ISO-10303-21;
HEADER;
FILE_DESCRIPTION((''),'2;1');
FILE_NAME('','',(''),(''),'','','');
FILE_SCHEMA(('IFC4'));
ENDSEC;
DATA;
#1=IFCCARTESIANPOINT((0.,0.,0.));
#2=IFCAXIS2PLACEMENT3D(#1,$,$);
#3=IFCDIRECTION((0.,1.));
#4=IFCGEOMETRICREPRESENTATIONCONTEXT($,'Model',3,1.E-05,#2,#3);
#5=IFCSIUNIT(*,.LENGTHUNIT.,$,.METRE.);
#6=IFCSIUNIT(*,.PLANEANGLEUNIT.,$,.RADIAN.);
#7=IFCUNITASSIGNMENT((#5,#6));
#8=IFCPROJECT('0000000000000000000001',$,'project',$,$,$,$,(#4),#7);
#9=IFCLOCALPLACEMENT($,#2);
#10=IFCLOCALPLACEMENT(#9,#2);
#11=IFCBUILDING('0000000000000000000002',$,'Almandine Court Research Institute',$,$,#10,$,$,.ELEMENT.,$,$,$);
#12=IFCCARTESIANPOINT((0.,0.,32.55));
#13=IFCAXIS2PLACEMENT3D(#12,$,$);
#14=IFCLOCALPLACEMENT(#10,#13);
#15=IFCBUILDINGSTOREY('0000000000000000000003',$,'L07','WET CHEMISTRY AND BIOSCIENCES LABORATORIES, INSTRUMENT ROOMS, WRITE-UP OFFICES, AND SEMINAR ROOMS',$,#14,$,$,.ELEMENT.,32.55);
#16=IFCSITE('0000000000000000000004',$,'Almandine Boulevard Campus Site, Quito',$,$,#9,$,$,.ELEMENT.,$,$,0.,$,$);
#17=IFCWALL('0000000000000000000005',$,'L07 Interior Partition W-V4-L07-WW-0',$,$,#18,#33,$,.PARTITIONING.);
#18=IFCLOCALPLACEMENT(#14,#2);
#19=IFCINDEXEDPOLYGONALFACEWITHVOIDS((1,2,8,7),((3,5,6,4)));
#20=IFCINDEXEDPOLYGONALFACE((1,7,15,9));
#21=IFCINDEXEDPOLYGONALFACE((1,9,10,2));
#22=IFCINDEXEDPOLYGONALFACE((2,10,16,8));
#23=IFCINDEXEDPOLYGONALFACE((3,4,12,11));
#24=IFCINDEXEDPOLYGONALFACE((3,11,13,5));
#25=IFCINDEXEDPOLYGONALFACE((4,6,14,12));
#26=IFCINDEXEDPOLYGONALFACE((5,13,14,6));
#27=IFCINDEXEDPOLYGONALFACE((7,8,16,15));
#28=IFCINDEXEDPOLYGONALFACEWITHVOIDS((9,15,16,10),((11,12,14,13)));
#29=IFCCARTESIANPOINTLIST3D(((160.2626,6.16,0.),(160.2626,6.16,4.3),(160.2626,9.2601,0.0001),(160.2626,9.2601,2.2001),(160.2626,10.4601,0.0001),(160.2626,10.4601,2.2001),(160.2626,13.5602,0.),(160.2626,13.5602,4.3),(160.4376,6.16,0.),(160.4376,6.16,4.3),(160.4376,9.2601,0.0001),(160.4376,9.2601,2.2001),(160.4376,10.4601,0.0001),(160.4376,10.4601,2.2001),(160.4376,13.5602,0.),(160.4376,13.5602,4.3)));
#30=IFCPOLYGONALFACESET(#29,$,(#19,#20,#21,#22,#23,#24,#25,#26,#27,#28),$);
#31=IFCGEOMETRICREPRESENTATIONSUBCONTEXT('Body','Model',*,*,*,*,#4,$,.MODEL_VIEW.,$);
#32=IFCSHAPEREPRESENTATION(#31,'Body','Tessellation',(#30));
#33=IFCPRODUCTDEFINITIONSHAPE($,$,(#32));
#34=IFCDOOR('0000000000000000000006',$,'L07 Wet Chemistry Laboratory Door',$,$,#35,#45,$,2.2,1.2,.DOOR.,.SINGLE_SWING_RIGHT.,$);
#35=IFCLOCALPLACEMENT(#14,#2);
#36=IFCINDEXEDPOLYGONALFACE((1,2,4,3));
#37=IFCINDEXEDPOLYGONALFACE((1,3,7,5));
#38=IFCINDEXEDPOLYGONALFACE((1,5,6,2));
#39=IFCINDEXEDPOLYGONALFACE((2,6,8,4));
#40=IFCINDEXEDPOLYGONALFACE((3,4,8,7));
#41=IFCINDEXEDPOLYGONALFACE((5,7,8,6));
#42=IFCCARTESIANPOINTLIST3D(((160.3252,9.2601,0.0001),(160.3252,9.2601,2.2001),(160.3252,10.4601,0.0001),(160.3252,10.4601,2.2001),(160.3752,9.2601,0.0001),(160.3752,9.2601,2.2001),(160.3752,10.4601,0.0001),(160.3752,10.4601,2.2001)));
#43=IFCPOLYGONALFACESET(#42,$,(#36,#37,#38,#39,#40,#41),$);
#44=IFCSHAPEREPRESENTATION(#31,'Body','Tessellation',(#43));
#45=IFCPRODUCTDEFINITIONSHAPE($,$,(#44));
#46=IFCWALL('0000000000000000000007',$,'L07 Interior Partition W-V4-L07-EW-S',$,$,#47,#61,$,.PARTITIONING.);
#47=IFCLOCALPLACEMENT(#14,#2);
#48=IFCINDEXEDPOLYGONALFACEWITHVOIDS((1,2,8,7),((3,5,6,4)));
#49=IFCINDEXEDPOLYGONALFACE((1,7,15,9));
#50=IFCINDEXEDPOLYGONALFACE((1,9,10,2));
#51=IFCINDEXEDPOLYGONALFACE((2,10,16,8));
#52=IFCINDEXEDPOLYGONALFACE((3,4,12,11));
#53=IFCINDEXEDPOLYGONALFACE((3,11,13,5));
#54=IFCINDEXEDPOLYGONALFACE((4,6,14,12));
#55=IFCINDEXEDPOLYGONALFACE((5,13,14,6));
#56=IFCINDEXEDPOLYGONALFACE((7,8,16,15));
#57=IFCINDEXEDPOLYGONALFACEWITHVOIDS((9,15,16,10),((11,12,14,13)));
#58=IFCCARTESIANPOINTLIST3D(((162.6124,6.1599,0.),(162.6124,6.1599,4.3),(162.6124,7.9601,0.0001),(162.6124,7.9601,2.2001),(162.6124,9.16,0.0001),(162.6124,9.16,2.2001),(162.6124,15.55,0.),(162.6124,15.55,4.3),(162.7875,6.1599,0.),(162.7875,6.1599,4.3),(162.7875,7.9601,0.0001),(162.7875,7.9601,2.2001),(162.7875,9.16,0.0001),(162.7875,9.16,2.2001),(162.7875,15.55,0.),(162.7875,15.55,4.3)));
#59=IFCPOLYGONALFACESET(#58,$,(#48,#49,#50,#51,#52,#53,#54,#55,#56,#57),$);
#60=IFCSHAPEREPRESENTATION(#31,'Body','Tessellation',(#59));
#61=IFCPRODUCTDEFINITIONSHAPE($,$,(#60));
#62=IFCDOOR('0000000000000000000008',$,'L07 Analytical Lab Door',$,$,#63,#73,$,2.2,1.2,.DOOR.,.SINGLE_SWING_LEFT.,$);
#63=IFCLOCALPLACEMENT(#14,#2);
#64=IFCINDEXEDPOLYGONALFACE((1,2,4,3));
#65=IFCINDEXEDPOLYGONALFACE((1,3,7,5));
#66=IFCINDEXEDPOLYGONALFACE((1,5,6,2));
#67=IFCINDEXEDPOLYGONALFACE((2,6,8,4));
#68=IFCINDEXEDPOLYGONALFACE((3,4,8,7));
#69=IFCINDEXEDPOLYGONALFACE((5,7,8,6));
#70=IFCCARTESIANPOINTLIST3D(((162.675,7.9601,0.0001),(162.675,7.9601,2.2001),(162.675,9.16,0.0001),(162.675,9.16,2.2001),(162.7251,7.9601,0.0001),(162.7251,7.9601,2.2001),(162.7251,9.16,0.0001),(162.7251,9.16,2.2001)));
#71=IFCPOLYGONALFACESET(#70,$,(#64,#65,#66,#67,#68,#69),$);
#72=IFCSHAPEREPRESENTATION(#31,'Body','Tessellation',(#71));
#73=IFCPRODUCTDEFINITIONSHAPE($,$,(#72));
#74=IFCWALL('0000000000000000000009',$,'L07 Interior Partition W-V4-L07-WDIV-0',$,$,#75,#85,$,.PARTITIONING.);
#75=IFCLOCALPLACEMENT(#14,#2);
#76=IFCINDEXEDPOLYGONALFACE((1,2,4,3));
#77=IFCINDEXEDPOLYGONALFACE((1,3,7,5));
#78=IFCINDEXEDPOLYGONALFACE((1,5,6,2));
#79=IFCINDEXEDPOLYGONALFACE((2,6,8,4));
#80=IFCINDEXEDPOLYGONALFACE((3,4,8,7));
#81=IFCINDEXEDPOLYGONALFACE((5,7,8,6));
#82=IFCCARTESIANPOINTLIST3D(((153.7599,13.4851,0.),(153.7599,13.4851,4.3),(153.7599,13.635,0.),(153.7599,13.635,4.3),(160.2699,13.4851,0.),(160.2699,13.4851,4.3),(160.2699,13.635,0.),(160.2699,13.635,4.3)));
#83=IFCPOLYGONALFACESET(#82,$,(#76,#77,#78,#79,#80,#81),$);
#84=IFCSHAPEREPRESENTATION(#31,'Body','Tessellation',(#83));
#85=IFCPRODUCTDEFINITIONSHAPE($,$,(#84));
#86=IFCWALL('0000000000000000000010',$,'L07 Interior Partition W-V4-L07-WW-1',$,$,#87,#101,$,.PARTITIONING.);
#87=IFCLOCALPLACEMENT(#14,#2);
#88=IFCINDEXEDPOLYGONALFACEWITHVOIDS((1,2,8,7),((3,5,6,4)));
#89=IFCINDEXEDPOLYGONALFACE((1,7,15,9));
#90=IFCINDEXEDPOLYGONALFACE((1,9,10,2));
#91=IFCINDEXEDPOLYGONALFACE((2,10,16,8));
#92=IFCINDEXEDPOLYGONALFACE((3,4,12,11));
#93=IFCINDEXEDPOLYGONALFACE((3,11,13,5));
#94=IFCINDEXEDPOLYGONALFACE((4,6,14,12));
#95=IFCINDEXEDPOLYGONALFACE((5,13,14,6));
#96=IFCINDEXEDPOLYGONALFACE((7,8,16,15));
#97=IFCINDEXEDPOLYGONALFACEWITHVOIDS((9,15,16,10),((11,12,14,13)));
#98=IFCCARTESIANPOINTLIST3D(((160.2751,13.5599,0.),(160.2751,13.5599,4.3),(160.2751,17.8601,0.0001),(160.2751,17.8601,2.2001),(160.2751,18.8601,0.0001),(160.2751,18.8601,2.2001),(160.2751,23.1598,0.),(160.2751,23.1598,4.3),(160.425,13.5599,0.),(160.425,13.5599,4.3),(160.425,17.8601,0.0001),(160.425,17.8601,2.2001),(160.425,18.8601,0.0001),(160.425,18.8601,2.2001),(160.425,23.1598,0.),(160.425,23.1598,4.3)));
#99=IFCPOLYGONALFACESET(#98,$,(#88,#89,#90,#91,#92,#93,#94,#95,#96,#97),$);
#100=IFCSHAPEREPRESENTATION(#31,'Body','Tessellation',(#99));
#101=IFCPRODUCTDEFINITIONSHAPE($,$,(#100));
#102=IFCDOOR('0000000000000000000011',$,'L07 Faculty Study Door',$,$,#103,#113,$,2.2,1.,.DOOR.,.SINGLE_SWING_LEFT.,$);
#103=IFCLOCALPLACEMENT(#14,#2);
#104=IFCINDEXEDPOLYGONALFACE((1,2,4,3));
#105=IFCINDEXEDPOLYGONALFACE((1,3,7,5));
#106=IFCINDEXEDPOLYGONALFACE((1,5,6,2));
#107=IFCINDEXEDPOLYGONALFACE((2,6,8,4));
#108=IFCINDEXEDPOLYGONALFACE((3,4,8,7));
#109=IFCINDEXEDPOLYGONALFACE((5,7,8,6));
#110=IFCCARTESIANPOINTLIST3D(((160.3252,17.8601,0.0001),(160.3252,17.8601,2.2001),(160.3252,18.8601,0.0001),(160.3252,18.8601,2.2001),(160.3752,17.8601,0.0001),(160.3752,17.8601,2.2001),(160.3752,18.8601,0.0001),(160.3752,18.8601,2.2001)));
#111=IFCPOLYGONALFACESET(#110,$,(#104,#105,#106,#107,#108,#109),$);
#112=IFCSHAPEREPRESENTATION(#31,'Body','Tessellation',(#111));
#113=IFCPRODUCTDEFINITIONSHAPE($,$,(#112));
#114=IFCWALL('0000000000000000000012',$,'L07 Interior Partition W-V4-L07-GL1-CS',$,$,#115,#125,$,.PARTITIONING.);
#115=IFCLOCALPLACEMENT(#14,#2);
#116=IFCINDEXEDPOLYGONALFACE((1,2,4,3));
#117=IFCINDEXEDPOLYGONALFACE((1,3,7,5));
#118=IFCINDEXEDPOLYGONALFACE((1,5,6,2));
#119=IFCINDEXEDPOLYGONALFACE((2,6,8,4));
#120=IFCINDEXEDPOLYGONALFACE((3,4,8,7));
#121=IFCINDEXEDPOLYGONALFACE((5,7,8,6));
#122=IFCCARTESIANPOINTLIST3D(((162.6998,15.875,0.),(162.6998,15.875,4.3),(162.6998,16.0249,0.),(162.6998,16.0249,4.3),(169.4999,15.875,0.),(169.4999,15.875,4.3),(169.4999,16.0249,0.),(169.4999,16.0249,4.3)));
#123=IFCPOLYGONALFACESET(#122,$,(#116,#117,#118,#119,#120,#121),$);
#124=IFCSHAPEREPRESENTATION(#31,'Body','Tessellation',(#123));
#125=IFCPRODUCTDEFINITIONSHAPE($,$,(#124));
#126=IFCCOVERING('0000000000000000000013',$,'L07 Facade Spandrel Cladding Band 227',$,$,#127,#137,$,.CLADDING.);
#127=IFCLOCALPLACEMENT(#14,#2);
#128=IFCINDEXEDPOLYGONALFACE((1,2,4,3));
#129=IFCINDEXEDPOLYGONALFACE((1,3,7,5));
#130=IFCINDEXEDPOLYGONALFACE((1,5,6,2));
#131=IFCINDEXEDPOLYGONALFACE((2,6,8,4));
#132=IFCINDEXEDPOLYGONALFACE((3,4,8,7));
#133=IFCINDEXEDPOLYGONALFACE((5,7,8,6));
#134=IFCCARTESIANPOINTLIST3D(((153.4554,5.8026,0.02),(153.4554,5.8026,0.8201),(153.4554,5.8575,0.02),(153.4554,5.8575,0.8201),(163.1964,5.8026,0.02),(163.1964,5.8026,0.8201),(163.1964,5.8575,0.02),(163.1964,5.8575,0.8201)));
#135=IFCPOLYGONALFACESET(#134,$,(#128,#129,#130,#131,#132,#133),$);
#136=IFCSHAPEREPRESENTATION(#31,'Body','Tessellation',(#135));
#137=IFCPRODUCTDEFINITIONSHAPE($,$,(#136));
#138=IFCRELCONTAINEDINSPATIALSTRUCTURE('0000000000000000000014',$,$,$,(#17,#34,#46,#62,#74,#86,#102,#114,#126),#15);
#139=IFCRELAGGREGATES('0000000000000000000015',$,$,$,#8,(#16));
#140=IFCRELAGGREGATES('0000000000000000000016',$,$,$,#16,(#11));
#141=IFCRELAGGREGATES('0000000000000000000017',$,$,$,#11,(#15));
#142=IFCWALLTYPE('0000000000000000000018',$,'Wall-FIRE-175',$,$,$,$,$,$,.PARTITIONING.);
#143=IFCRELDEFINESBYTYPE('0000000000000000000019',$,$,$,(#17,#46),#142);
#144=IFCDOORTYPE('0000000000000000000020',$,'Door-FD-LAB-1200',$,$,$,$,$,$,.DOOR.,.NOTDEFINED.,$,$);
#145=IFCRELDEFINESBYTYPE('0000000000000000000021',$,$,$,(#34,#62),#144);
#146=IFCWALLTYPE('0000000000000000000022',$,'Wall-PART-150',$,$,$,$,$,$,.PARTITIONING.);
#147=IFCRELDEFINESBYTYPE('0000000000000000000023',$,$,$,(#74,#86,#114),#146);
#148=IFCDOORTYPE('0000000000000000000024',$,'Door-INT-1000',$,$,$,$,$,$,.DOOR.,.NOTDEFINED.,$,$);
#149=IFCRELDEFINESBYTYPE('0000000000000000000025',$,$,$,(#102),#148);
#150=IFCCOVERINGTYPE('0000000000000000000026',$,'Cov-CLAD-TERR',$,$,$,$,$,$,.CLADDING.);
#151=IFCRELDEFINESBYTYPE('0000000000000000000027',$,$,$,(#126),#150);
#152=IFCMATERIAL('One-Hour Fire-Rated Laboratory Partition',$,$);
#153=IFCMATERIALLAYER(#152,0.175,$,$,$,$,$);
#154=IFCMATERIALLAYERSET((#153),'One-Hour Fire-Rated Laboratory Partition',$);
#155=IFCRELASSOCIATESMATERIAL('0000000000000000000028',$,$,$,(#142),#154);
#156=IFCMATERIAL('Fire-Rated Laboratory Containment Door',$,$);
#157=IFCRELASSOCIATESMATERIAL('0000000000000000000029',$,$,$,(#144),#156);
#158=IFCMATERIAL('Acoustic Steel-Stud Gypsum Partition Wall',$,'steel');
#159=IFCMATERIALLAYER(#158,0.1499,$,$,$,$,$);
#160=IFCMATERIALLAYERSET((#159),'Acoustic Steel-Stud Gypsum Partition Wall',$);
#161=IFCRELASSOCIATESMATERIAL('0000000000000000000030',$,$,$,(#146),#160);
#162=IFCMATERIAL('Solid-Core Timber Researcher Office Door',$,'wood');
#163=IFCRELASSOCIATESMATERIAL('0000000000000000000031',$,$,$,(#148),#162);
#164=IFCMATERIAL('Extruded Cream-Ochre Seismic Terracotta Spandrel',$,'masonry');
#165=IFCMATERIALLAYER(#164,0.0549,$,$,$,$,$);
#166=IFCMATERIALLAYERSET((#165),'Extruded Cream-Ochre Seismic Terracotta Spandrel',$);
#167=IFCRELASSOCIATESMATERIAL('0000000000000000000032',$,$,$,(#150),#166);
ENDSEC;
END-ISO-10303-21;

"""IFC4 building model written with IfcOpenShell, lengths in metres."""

from ifc_helpers import new_model, si_unit, direction, frame, frame_2d, origin, origin_2d, place, context, subcontext, project, spatial, rectangle, extrude, material, layer, layer_set, type_object, element, fill, save


model = new_model("IFC4")

# Units and contexts
model_context = context("Model", 3, precision=1e-05, world=origin(), true_north=direction((0.0, 1.0)))
body_context = subcontext(model_context, "Body", "Model", "MODEL_VIEW")
ifc_project = project(units=[si_unit("LENGTHUNIT", "METRE"), si_unit("PLANEANGLEUNIT", "RADIAN")], contexts=[model_context])

# Site, building, storey
site_placement = place(None, origin())
site = spatial("IfcSite", under=ifc_project, at=site_placement, Name="Almandine Boulevard Campus Site, Quito", CompositionType="ELEMENT", RefElevation=0.0)
building_placement = place(site_placement, origin())
building = spatial("IfcBuilding", under=site, at=building_placement, Name="Almandine Court Research Institute", CompositionType="ELEMENT")
storey_placement = place(building_placement, frame((0.0, 0.0, 32.55)))
storey = spatial("IfcBuildingStorey", under=building, at=storey_placement, Name="L07", Description="WET CHEMISTRY AND BIOSCIENCES LABORATORIES, INSTRUMENT ROOMS, WRITE-UP OFFICES, AND SEMINAR ROOMS", CompositionType="ELEMENT", Elevation=32.55)

# Walls, openings, doors
ifc_material_1 = material(Name="One-Hour Fire-Rated Laboratory Partition")
ifc_layer_1 = layer(ifc_material_1, 0.175)
ifc_layer_set_1 = layer_set([ifc_layer_1], Name="One-Hour Fire-Rated Laboratory Partition")
wall_type_1 = type_object("IfcWallType", Name="Wall-FIRE-175", PredefinedType="PARTITIONING", material=ifc_layer_set_1)
wall_1_placement = place(storey_placement, frame((160.3501, 6.1599, 0.0), z_axis=(0.0, 0.0, 1.0), x_axis=(0.0, 1.0, 0.0)))
wall_1 = element("IfcWall", 1, at=wall_1_placement, inside=storey, type_object=wall_type_1, Name="L07 Interior Partition W-V4-L07-WW-0", PredefinedType="PARTITIONING", context=body_context, shape_type="SweptSolid", body=[
    extrude(rectangle(XDim=7.4001, YDim=0.175, at=frame_2d((3.7002, 0.0))), origin(), (0.0, 0.0, 1.0), 4.3),
])
opening_1_placement = place(wall_1_placement, frame((3.1001, 0.0, 0.0)))
opening_1 = element("IfcOpeningElement", 2, at=opening_1_placement, cuts=wall_1, PredefinedType="OPENING", context=body_context, shape_type="SweptSolid", body=[
    extrude(rectangle(XDim=1.2, YDim=2.2, at=frame_2d((0.6001, 1.1001))), frame((0.0, 0.0974, 0.0), z_axis=(0.0, -1.0, 0.0), x_axis=(1.0, 0.0, 0.0)), (0.0, 0.0, 1.0), 0.1951),
])
ifc_material_2 = material(Name="Fire-Rated Laboratory Containment Door")
door_type_1 = type_object("IfcDoorType", Name="Door-FD-LAB-1200", OperationType="NOTDEFINED", PredefinedType="DOOR", material=ifc_material_2)
door_1_placement = place(opening_1_placement, origin())
door_1 = element("IfcDoor", 3, at=door_1_placement, inside=storey, type_object=door_type_1, Name="L07 Wet Chemistry Laboratory Door", OperationType="SINGLE_SWING_RIGHT", OverallHeight=2.2, OverallWidth=1.2, PredefinedType="DOOR", context=body_context, shape_type="SweptSolid", body=[
    extrude(rectangle(XDim=1.2, YDim=2.2, at=frame_2d((0.6001, 1.1001))), frame((0.0, 0.0249, 0.0), z_axis=(0.0, -1.0, 0.0), x_axis=(1.0, 0.0, 0.0)), (0.0, 0.0, 1.0), 0.05),
])
fill(opening_1, door_1)
wall_2_placement = place(storey_placement, frame((162.7, 6.1599, 0.0), z_axis=(0.0, 0.0, 1.0), x_axis=(0.0, 1.0, 0.0)))
wall_2 = element("IfcWall", 4, at=wall_2_placement, inside=storey, type_object=wall_type_1, Name="L07 Interior Partition W-V4-L07-EW-S", PredefinedType="PARTITIONING", context=body_context, shape_type="SweptSolid", body=[
    extrude(rectangle(XDim=9.3901, YDim=0.175, at=frame_2d((4.6951, 0.0))), origin(), (0.0, 0.0, 1.0), 4.3),
])
opening_2_placement = place(wall_2_placement, frame((1.8, 0.0, 0.0)))
opening_2 = element("IfcOpeningElement", 5, at=opening_2_placement, cuts=wall_2, PredefinedType="OPENING", context=body_context, shape_type="SweptSolid", body=[
    extrude(rectangle(XDim=1.2, YDim=2.2, at=frame_2d((0.6001, 1.1001))), frame((0.0, 0.0974, 0.0), z_axis=(0.0, -1.0, 0.0), x_axis=(1.0, 0.0, 0.0)), (0.0, 0.0, 1.0), 0.1951),
])
door_2_placement = place(opening_2_placement, origin())
door_2 = element("IfcDoor", 6, at=door_2_placement, inside=storey, type_object=door_type_1, Name="L07 Analytical Lab Door", OperationType="SINGLE_SWING_LEFT", OverallHeight=2.2, OverallWidth=1.2, PredefinedType="DOOR", context=body_context, shape_type="SweptSolid", body=[
    extrude(rectangle(XDim=1.2, YDim=2.2, at=frame_2d((0.6001, 1.1001))), frame((0.0, 0.0249, 0.0), z_axis=(0.0, -1.0, 0.0), x_axis=(1.0, 0.0, 0.0)), (0.0, 0.0, 1.0), 0.05),
])
fill(opening_2, door_2)

# Wall
ifc_material_3 = material(Name="Acoustic Steel-Stud Gypsum Partition Wall", Category="steel")
ifc_layer_2 = layer(ifc_material_3, 0.1499)
ifc_layer_set_2 = layer_set([ifc_layer_2], Name="Acoustic Steel-Stud Gypsum Partition Wall")
wall_type_2 = type_object("IfcWallType", Name="Wall-PART-150", PredefinedType="PARTITIONING", material=ifc_layer_set_2)
wall_3_placement = place(storey_placement, frame((153.76, 13.5601, 0.0), z_axis=(0.0, 0.0, 1.0), x_axis=(1.0, 0.0, 0.0)))
element("IfcWall", 7, at=wall_3_placement, inside=storey, type_object=wall_type_2, Name="L07 Interior Partition W-V4-L07-WDIV-0", PredefinedType="PARTITIONING", context=body_context, shape_type="SweptSolid", body=[
    extrude(rectangle(XDim=6.51, YDim=0.1499, at=frame_2d((3.2549, 0.0))), origin(), (0.0, 0.0, 1.0), 4.3),
])

# Wall, opening, door
wall_4_placement = place(storey_placement, frame((160.3501, 13.5601, 0.0), z_axis=(0.0, 0.0, 1.0), x_axis=(0.0, 1.0, 0.0)))
wall_4 = element("IfcWall", 8, at=wall_4_placement, inside=storey, type_object=wall_type_2, Name="L07 Interior Partition W-V4-L07-WW-1", PredefinedType="PARTITIONING", context=body_context, shape_type="SweptSolid", body=[
    extrude(rectangle(XDim=9.5999, YDim=0.1499, at=frame_2d((4.7998, 0.0))), origin(), (0.0, 0.0, 1.0), 4.3),
])
opening_3_placement = place(wall_4_placement, frame((4.3, 0.0, 0.0)))
opening_3 = element("IfcOpeningElement", 9, at=opening_3_placement, cuts=wall_4, PredefinedType="OPENING", context=body_context, shape_type="SweptSolid", body=[
    extrude(rectangle(XDim=1.0, YDim=2.2, at=frame_2d((0.5, 1.1001))), frame((0.0, 0.085, 0.0), z_axis=(0.0, -1.0, 0.0), x_axis=(1.0, 0.0, 0.0)), (0.0, 0.0, 1.0), 0.1699),
])
ifc_material_4 = material(Name="Solid-Core Timber Researcher Office Door", Category="wood")
door_type_2 = type_object("IfcDoorType", Name="Door-INT-1000", OperationType="NOTDEFINED", PredefinedType="DOOR", material=ifc_material_4)
door_3_placement = place(opening_3_placement, origin())
door_3 = element("IfcDoor", 10, at=door_3_placement, inside=storey, type_object=door_type_2, Name="L07 Faculty Study Door", OperationType="SINGLE_SWING_LEFT", OverallHeight=2.2, OverallWidth=1.0, PredefinedType="DOOR", context=body_context, shape_type="SweptSolid", body=[
    extrude(rectangle(XDim=1.0, YDim=2.2, at=frame_2d((0.5, 1.1001))), frame((0.0, 0.0249, 0.0), z_axis=(0.0, -1.0, 0.0), x_axis=(1.0, 0.0, 0.0)), (0.0, 0.0, 1.0), 0.05),
])
fill(opening_3, door_3)

# Wall
wall_5_placement = place(storey_placement, frame((162.7, 15.95, 0.0), z_axis=(0.0, 0.0, 1.0), x_axis=(1.0, 0.0, 0.0)))
element("IfcWall", 11, at=wall_5_placement, inside=storey, type_object=wall_type_2, Name="L07 Interior Partition W-V4-L07-GL1-CS", PredefinedType="PARTITIONING", context=body_context, shape_type="SweptSolid", body=[
    extrude(rectangle(XDim=6.8, YDim=0.1499, at=frame_2d((3.3999, 0.0))), origin(), (0.0, 0.0, 1.0), 4.3),
])

# Covering
ifc_material_5 = material(Name="Extruded Cream-Ochre Seismic Terracotta Spandrel", Category="masonry")
ifc_layer_3 = layer(ifc_material_5, 0.0549)
ifc_layer_set_3 = layer_set([ifc_layer_3], Name="Extruded Cream-Ochre Seismic Terracotta Spandrel")
covering_type = type_object("IfcCoveringType", Name="Cov-CLAD-TERR", PredefinedType="CLADDING", material=ifc_layer_set_3)
covering_placement = place(storey_placement, frame((158.3259, 5.8301, 0.02), z_axis=(0.0, 0.0, 1.0), x_axis=(-1.0, 0.0, 0.0)))
element("IfcCovering", 12, at=covering_placement, inside=storey, type_object=covering_type, Name="L07 Facade Spandrel Cladding Band 227", PredefinedType="CLADDING", context=body_context, shape_type="SweptSolid", body=[
    extrude(rectangle(XDim=9.741, YDim=0.0549, at=origin_2d()), origin(), (0.0, 0.0, 1.0), 0.8),
])

save(model, "model.ifc")
